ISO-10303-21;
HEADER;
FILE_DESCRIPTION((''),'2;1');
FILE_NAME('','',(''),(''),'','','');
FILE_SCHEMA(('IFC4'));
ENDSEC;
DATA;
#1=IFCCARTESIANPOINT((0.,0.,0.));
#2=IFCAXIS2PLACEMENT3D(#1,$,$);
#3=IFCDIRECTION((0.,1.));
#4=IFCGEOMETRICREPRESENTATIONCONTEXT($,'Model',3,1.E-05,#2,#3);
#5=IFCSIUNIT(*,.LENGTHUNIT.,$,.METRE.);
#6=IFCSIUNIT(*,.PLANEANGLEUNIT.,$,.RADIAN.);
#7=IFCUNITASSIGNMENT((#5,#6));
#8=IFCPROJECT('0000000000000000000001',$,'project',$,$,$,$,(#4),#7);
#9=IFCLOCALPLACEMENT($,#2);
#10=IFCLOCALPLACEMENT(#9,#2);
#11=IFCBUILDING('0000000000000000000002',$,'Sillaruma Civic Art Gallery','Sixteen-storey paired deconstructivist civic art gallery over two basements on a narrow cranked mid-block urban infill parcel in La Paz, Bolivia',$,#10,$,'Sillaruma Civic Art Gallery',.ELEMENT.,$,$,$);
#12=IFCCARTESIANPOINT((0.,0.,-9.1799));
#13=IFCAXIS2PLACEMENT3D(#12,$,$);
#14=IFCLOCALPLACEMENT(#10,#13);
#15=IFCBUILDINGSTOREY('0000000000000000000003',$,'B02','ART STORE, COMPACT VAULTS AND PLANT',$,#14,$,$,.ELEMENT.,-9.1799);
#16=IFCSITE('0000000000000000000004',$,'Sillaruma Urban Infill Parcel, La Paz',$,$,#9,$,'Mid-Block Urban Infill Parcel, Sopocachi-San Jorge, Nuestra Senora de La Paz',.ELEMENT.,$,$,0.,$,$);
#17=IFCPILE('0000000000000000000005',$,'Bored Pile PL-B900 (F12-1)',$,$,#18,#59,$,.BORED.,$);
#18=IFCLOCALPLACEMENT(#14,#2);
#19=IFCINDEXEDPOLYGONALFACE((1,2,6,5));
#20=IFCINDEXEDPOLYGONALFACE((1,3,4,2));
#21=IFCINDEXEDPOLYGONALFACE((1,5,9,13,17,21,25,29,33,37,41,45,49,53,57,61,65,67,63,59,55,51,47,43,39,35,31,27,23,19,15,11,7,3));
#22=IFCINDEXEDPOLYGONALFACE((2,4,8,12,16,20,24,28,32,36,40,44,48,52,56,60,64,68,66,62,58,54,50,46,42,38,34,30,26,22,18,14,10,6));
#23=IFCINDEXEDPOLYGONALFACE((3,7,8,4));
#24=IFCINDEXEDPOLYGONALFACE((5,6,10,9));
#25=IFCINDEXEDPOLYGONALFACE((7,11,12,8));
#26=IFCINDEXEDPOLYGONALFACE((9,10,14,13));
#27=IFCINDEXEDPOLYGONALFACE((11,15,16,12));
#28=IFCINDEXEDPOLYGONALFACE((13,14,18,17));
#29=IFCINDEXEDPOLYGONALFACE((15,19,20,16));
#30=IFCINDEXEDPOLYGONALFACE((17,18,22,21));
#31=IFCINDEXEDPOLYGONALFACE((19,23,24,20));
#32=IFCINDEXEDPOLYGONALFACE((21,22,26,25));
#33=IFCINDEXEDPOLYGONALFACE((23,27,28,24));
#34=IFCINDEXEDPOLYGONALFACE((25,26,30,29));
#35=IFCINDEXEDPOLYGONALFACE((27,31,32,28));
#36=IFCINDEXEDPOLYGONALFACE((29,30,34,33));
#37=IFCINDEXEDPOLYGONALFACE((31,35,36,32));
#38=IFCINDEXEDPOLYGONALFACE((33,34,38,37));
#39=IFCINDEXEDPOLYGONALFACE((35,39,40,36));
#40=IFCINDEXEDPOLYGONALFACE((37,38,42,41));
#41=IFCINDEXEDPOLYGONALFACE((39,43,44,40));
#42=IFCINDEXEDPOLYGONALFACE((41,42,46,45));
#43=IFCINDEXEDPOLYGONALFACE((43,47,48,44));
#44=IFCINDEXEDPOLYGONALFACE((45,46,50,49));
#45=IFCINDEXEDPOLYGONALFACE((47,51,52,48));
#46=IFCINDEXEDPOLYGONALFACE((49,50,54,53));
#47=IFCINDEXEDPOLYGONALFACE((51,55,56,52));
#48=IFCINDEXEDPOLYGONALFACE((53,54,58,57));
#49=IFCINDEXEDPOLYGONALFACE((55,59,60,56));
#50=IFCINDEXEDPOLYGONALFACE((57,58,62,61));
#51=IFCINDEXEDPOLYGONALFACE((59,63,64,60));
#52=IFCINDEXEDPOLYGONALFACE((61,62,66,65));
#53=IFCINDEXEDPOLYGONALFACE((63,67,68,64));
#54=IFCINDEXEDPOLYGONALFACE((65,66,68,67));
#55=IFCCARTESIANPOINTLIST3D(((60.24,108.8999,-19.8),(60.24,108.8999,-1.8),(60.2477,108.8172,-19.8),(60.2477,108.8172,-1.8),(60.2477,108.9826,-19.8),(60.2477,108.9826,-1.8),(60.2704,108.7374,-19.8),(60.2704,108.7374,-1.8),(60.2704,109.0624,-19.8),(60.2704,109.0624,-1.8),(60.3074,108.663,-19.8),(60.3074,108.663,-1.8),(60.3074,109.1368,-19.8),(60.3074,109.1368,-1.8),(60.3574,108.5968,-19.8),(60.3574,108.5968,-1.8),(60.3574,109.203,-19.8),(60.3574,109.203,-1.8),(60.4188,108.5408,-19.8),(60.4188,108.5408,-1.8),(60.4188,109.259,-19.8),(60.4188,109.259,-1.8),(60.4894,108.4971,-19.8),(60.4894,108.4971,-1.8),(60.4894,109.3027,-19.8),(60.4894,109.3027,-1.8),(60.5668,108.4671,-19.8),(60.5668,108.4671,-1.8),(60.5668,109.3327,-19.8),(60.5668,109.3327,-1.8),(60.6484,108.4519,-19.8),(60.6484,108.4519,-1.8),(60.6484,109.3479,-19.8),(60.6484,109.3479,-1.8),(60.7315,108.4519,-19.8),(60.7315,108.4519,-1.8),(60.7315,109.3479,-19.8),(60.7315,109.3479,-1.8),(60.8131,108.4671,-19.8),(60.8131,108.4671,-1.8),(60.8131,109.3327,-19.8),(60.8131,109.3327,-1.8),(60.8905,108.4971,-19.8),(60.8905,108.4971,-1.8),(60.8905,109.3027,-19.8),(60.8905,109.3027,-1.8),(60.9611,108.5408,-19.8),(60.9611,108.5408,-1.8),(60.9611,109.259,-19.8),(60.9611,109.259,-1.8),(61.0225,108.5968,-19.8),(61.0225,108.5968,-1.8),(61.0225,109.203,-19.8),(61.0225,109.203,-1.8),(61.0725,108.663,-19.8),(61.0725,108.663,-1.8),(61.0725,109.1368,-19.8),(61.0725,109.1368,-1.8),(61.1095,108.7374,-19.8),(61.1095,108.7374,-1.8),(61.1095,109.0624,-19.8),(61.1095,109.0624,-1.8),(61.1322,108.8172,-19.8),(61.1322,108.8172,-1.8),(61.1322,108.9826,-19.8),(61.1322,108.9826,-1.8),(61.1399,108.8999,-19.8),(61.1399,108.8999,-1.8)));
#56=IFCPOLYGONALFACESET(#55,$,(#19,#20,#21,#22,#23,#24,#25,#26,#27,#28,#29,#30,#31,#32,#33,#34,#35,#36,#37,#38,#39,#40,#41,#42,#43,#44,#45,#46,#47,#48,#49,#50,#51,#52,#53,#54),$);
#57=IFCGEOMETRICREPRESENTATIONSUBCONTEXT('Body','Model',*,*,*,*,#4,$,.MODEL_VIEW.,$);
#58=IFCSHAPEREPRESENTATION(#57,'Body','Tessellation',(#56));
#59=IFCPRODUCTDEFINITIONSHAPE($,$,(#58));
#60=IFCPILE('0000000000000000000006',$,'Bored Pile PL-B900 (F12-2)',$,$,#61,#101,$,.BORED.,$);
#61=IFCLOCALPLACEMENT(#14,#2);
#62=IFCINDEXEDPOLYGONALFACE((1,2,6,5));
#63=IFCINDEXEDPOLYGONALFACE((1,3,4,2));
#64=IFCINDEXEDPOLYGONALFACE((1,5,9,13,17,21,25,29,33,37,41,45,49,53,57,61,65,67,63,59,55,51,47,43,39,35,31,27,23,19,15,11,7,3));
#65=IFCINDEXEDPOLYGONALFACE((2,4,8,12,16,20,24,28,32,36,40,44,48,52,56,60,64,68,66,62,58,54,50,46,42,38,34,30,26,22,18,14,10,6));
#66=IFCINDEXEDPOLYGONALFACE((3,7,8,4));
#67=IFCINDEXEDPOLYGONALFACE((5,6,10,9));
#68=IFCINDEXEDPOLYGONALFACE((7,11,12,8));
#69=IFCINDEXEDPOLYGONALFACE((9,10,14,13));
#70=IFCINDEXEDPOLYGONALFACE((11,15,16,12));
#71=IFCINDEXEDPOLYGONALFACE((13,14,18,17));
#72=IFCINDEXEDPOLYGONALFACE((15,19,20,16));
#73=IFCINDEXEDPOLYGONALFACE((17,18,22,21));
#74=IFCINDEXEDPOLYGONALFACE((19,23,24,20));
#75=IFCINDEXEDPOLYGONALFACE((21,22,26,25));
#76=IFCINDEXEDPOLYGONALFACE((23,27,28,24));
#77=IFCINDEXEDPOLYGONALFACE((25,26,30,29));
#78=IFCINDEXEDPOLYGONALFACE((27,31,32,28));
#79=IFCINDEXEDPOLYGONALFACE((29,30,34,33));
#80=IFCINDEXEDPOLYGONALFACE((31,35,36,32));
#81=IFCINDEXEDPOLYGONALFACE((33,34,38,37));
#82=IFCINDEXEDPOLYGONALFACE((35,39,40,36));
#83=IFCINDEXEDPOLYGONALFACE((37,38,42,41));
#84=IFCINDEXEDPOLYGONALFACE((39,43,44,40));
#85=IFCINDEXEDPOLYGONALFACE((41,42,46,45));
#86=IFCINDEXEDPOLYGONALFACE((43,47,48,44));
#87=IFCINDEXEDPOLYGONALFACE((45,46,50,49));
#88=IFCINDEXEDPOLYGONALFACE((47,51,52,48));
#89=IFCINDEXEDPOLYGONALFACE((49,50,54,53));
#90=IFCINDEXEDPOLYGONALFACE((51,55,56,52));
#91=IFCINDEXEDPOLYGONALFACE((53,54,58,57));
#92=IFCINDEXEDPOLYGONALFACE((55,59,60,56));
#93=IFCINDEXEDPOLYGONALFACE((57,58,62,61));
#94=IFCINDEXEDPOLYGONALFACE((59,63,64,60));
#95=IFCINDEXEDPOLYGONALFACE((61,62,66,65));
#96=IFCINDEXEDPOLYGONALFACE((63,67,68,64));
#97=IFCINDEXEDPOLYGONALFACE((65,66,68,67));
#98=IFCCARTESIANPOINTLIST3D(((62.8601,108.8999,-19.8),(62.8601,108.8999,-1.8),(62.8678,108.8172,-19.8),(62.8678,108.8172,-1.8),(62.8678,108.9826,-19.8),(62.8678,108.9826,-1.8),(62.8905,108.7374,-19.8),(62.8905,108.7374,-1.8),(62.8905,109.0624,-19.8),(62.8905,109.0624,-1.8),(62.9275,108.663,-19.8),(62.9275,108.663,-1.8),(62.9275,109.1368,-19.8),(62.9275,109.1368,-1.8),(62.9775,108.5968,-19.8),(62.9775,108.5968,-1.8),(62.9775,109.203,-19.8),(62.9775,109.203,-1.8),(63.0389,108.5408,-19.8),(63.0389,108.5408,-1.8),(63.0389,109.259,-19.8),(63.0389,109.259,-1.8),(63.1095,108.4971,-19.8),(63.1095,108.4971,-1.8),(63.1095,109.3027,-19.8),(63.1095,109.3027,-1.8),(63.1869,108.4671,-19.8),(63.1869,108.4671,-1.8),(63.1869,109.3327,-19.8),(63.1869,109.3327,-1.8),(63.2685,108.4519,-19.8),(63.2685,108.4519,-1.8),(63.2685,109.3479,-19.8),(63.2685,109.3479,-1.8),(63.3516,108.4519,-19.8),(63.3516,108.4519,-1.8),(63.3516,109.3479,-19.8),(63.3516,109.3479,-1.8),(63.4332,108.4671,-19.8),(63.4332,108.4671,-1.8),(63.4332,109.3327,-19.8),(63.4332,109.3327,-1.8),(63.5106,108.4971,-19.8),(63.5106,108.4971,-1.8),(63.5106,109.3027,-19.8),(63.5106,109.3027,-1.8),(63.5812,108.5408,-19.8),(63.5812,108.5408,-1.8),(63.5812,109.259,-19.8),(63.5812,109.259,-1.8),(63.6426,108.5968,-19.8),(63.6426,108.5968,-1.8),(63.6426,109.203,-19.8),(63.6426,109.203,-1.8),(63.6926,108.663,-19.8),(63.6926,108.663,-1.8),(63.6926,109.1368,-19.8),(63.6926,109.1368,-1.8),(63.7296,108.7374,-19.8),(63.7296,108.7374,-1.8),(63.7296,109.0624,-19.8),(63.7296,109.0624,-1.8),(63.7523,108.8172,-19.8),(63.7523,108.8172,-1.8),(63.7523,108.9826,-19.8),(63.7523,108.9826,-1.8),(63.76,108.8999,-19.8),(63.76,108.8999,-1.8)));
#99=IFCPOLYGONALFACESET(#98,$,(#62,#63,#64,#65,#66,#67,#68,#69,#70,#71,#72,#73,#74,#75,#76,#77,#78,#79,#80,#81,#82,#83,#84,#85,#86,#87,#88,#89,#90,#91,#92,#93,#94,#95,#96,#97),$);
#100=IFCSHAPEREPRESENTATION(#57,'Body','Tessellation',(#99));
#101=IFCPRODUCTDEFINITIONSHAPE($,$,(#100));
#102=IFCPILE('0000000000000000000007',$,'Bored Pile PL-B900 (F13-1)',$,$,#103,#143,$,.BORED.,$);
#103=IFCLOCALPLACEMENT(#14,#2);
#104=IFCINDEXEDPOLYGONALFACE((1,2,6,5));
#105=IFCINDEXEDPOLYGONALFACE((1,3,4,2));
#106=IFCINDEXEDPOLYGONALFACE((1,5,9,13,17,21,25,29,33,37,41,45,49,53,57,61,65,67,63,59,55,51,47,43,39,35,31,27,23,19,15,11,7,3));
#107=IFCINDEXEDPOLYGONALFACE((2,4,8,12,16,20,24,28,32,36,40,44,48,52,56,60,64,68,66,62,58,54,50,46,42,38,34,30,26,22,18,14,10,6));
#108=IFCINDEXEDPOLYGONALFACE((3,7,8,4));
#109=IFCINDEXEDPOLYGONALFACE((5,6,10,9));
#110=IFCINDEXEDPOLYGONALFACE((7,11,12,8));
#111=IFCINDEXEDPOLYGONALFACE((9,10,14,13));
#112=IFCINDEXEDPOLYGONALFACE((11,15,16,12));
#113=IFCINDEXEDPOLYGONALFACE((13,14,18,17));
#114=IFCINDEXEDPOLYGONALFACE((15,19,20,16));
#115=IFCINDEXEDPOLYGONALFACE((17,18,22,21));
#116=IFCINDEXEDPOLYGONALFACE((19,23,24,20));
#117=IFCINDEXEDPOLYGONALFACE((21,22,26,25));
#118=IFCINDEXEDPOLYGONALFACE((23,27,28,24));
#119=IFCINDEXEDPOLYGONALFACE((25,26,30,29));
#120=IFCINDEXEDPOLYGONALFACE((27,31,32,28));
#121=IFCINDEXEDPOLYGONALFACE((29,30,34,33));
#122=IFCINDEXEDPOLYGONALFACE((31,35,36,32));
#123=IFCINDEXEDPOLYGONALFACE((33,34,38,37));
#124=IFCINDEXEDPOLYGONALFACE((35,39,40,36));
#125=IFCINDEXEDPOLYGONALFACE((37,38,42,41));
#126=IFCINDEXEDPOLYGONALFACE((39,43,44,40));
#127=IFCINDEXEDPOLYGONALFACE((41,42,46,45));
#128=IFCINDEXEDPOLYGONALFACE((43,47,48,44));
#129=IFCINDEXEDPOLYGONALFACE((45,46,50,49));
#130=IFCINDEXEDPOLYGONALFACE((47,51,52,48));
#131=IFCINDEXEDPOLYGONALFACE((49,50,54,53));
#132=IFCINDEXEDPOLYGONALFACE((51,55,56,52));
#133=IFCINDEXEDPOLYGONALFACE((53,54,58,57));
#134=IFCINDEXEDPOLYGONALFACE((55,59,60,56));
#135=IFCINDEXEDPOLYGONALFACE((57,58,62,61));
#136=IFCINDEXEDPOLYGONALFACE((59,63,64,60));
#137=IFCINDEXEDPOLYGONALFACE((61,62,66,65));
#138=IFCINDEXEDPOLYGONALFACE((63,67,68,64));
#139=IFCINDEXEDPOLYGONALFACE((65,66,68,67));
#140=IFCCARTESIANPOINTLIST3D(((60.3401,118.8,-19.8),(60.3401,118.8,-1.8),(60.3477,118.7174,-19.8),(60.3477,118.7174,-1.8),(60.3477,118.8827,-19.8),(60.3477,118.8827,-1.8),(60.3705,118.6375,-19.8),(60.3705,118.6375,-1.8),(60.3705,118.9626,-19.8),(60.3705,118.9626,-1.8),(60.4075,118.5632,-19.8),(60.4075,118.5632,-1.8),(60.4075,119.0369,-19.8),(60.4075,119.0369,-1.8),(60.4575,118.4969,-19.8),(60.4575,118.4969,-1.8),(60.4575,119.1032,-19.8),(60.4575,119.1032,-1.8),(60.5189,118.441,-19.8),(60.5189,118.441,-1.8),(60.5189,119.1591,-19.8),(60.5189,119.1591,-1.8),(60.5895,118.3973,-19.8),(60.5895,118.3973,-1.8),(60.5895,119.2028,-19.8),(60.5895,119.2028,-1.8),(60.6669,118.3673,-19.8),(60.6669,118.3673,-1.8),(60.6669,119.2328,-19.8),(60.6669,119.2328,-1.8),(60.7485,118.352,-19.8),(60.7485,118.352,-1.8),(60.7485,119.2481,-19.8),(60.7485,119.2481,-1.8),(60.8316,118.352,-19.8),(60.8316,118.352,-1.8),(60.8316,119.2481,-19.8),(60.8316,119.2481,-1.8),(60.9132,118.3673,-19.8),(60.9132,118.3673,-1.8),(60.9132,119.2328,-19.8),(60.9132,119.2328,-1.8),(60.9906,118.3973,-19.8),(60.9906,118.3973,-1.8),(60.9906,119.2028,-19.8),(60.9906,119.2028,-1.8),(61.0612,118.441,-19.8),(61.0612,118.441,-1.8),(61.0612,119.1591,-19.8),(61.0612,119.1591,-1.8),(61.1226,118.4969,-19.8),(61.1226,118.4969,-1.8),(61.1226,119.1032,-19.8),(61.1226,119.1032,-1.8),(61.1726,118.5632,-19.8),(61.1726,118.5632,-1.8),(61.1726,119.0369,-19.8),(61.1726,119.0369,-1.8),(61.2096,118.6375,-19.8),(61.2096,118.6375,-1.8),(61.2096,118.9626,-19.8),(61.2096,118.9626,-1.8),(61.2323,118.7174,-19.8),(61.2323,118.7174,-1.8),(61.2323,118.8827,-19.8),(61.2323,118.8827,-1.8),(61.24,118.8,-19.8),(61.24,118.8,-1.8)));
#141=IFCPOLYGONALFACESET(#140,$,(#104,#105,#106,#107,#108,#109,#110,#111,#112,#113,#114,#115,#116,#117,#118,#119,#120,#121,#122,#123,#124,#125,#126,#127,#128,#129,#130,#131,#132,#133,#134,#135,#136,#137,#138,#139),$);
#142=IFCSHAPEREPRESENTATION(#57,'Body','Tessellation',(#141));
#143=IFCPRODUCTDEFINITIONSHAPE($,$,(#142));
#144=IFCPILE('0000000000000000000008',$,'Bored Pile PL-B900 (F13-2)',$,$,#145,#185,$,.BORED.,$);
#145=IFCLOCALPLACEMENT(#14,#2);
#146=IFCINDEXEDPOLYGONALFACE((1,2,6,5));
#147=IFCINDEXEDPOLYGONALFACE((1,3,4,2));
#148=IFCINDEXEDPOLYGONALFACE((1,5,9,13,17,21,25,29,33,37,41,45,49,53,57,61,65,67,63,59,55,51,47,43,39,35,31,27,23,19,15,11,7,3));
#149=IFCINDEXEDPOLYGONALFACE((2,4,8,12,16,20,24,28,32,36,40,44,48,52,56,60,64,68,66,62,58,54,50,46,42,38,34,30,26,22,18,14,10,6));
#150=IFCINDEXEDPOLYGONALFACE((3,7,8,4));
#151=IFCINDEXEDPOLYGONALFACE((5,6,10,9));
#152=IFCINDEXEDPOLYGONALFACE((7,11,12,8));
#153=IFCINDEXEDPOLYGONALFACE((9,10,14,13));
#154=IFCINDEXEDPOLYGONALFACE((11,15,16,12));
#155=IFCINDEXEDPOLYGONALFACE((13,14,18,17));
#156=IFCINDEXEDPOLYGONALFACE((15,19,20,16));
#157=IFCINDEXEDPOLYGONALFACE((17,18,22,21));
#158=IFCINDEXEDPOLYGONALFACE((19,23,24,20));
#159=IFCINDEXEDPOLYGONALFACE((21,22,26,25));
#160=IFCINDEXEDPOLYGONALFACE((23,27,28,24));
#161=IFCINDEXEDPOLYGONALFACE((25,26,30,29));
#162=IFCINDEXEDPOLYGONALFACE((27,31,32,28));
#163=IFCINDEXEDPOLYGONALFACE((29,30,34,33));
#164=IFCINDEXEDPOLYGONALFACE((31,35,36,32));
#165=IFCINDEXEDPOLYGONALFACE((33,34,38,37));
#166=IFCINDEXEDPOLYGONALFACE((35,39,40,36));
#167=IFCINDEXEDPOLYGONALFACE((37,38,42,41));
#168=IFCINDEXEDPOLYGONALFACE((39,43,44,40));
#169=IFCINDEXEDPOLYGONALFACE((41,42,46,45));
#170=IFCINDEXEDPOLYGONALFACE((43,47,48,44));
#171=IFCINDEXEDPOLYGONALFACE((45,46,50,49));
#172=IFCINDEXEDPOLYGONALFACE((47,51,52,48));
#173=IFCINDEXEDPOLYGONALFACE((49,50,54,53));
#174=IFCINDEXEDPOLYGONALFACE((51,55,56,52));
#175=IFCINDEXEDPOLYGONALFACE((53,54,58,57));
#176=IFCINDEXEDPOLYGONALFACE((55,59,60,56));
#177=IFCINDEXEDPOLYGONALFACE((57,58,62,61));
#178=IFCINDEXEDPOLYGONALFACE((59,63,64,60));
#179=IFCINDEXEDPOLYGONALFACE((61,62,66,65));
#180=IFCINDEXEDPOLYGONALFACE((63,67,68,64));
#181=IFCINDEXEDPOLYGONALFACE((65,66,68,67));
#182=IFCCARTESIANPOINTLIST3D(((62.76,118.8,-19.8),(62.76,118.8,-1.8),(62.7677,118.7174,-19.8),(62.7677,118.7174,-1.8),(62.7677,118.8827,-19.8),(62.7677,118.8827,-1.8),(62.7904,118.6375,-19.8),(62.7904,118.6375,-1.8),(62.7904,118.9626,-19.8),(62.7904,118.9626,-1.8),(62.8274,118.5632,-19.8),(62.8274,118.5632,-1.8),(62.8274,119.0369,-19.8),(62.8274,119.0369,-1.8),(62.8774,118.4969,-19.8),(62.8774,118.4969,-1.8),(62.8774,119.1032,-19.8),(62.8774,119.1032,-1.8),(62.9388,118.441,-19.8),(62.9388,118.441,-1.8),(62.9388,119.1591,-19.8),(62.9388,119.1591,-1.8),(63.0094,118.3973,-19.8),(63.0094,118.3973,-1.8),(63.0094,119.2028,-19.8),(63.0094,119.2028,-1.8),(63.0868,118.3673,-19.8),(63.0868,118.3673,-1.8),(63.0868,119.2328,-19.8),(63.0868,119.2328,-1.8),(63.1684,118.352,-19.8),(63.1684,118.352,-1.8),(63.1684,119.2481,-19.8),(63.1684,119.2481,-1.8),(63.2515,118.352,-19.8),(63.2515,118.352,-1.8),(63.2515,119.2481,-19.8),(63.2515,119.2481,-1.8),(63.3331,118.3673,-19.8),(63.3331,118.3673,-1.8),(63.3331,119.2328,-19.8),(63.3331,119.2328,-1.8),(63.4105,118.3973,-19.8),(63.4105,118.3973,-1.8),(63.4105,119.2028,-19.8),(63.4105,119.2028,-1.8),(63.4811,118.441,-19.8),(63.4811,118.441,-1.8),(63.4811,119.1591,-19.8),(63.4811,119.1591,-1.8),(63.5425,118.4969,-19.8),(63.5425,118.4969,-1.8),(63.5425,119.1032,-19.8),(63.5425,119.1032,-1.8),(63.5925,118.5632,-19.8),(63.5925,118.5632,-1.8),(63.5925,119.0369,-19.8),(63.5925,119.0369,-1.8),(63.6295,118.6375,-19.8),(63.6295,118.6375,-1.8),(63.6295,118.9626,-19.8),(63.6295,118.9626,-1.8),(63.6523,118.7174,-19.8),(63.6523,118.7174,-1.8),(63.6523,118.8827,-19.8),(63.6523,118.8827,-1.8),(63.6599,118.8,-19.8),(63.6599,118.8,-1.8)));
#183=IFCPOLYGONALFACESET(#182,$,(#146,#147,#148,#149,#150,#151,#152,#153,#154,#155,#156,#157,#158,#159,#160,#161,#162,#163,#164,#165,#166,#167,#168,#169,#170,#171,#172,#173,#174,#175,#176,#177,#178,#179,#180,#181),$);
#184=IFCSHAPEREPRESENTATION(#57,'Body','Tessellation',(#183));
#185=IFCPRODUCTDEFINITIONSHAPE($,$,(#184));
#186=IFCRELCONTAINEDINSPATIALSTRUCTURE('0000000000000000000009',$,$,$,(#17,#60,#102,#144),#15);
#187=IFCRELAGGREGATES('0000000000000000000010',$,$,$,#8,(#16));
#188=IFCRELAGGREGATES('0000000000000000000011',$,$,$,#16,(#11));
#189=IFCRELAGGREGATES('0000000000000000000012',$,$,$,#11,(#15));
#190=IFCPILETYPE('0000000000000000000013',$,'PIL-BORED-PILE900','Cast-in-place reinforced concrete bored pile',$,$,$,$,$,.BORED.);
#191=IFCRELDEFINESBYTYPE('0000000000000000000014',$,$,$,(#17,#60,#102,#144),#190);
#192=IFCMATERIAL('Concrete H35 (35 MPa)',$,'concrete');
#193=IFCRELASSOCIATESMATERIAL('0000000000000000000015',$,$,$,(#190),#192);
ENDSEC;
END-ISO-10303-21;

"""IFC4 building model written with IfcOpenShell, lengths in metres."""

from ifc_helpers import new_model, si_unit, direction, frame, origin, origin_2d, place, context, subcontext, project, spatial, circle, extrude, material, material_profile, profile_set, type_object, element, save


model = new_model("IFC4")

# Units and contexts
model_context = context("Model", 3, precision=1e-05, world=origin(), true_north=direction((0.0, 1.0)))
body_context = subcontext(model_context, "Body", "Model", "MODEL_VIEW")
ifc_project = project(units=[si_unit("LENGTHUNIT", "METRE"), si_unit("PLANEANGLEUNIT", "RADIAN")], contexts=[model_context])

# Site, building, storey
site_placement = place(None, origin())
site = spatial("IfcSite", under=ifc_project, at=site_placement, Name="Sillaruma Urban Infill Parcel, La Paz", LongName="Mid-Block Urban Infill Parcel, Sopocachi-San Jorge, Nuestra Senora de La Paz", CompositionType="ELEMENT", RefElevation=0.0)
building_placement = place(site_placement, origin())
building = spatial("IfcBuilding", under=site, at=building_placement, Name="Sillaruma Civic Art Gallery", Description="Sixteen-storey paired deconstructivist civic art gallery over two basements on a narrow cranked mid-block urban infill parcel in La Paz, Bolivia", LongName="Sillaruma Civic Art Gallery", CompositionType="ELEMENT")
storey_placement = place(building_placement, frame((0.0, 0.0, -9.1799)))
storey = spatial("IfcBuildingStorey", under=building, at=storey_placement, Name="B02", Description="ART STORE, COMPACT VAULTS AND PLANT", CompositionType="ELEMENT", Elevation=-9.1799)

# Shared definitions
ifc_material_1 = material(Name="Concrete H35 (35 MPa)", Category="concrete")

# Piles
ifc_material_profile_1 = material_profile(ifc_material_1, circle(Radius=0.45, at=origin_2d()), Name="PILE900")
ifc_profile_set_1 = profile_set([ifc_material_profile_1], Name="Concrete H35 (35 MPa)")
pile_type_1 = type_object("IfcPileType", Name="PIL-BORED-PILE900", Description="Cast-in-place reinforced concrete bored pile", PredefinedType="BORED", material=ifc_profile_set_1)
for number, where, z_axis, x_axis, name in (
    (1, (60.6899, 108.8999, -1.8), (0.0, 0.0, -1.0), (1.0, 0.0, 0.0), "Bored Pile PL-B900 (F12-1)"),
    (2, (63.3101, 108.8999, -1.8), (0.0, 0.0, -1.0), (1.0, 0.0, 0.0), "Bored Pile PL-B900 (F12-2)"),
    (3, (60.79, 118.8, -1.8), (0.0, 0.0, -1.0), (1.0, 0.0, 0.0), "Bored Pile PL-B900 (F13-1)"),
    (4, (63.21, 118.8, -1.8), (0.0, 0.0, -1.0), (1.0, 0.0, 0.0), "Bored Pile PL-B900 (F13-2)"),
):
    element("IfcPile", number, at=place(storey_placement, frame(where, z_axis=z_axis, x_axis=x_axis)), inside=storey, type_object=pile_type_1, Name=name, PredefinedType="BORED", context=body_context, shape_type="SweptSolid", body=[
        extrude(circle(Radius=0.45, at=origin_2d()), origin(), (0.0, 0.0, 1.0), 18.0),
    ])

save(model, "model.ifc")
